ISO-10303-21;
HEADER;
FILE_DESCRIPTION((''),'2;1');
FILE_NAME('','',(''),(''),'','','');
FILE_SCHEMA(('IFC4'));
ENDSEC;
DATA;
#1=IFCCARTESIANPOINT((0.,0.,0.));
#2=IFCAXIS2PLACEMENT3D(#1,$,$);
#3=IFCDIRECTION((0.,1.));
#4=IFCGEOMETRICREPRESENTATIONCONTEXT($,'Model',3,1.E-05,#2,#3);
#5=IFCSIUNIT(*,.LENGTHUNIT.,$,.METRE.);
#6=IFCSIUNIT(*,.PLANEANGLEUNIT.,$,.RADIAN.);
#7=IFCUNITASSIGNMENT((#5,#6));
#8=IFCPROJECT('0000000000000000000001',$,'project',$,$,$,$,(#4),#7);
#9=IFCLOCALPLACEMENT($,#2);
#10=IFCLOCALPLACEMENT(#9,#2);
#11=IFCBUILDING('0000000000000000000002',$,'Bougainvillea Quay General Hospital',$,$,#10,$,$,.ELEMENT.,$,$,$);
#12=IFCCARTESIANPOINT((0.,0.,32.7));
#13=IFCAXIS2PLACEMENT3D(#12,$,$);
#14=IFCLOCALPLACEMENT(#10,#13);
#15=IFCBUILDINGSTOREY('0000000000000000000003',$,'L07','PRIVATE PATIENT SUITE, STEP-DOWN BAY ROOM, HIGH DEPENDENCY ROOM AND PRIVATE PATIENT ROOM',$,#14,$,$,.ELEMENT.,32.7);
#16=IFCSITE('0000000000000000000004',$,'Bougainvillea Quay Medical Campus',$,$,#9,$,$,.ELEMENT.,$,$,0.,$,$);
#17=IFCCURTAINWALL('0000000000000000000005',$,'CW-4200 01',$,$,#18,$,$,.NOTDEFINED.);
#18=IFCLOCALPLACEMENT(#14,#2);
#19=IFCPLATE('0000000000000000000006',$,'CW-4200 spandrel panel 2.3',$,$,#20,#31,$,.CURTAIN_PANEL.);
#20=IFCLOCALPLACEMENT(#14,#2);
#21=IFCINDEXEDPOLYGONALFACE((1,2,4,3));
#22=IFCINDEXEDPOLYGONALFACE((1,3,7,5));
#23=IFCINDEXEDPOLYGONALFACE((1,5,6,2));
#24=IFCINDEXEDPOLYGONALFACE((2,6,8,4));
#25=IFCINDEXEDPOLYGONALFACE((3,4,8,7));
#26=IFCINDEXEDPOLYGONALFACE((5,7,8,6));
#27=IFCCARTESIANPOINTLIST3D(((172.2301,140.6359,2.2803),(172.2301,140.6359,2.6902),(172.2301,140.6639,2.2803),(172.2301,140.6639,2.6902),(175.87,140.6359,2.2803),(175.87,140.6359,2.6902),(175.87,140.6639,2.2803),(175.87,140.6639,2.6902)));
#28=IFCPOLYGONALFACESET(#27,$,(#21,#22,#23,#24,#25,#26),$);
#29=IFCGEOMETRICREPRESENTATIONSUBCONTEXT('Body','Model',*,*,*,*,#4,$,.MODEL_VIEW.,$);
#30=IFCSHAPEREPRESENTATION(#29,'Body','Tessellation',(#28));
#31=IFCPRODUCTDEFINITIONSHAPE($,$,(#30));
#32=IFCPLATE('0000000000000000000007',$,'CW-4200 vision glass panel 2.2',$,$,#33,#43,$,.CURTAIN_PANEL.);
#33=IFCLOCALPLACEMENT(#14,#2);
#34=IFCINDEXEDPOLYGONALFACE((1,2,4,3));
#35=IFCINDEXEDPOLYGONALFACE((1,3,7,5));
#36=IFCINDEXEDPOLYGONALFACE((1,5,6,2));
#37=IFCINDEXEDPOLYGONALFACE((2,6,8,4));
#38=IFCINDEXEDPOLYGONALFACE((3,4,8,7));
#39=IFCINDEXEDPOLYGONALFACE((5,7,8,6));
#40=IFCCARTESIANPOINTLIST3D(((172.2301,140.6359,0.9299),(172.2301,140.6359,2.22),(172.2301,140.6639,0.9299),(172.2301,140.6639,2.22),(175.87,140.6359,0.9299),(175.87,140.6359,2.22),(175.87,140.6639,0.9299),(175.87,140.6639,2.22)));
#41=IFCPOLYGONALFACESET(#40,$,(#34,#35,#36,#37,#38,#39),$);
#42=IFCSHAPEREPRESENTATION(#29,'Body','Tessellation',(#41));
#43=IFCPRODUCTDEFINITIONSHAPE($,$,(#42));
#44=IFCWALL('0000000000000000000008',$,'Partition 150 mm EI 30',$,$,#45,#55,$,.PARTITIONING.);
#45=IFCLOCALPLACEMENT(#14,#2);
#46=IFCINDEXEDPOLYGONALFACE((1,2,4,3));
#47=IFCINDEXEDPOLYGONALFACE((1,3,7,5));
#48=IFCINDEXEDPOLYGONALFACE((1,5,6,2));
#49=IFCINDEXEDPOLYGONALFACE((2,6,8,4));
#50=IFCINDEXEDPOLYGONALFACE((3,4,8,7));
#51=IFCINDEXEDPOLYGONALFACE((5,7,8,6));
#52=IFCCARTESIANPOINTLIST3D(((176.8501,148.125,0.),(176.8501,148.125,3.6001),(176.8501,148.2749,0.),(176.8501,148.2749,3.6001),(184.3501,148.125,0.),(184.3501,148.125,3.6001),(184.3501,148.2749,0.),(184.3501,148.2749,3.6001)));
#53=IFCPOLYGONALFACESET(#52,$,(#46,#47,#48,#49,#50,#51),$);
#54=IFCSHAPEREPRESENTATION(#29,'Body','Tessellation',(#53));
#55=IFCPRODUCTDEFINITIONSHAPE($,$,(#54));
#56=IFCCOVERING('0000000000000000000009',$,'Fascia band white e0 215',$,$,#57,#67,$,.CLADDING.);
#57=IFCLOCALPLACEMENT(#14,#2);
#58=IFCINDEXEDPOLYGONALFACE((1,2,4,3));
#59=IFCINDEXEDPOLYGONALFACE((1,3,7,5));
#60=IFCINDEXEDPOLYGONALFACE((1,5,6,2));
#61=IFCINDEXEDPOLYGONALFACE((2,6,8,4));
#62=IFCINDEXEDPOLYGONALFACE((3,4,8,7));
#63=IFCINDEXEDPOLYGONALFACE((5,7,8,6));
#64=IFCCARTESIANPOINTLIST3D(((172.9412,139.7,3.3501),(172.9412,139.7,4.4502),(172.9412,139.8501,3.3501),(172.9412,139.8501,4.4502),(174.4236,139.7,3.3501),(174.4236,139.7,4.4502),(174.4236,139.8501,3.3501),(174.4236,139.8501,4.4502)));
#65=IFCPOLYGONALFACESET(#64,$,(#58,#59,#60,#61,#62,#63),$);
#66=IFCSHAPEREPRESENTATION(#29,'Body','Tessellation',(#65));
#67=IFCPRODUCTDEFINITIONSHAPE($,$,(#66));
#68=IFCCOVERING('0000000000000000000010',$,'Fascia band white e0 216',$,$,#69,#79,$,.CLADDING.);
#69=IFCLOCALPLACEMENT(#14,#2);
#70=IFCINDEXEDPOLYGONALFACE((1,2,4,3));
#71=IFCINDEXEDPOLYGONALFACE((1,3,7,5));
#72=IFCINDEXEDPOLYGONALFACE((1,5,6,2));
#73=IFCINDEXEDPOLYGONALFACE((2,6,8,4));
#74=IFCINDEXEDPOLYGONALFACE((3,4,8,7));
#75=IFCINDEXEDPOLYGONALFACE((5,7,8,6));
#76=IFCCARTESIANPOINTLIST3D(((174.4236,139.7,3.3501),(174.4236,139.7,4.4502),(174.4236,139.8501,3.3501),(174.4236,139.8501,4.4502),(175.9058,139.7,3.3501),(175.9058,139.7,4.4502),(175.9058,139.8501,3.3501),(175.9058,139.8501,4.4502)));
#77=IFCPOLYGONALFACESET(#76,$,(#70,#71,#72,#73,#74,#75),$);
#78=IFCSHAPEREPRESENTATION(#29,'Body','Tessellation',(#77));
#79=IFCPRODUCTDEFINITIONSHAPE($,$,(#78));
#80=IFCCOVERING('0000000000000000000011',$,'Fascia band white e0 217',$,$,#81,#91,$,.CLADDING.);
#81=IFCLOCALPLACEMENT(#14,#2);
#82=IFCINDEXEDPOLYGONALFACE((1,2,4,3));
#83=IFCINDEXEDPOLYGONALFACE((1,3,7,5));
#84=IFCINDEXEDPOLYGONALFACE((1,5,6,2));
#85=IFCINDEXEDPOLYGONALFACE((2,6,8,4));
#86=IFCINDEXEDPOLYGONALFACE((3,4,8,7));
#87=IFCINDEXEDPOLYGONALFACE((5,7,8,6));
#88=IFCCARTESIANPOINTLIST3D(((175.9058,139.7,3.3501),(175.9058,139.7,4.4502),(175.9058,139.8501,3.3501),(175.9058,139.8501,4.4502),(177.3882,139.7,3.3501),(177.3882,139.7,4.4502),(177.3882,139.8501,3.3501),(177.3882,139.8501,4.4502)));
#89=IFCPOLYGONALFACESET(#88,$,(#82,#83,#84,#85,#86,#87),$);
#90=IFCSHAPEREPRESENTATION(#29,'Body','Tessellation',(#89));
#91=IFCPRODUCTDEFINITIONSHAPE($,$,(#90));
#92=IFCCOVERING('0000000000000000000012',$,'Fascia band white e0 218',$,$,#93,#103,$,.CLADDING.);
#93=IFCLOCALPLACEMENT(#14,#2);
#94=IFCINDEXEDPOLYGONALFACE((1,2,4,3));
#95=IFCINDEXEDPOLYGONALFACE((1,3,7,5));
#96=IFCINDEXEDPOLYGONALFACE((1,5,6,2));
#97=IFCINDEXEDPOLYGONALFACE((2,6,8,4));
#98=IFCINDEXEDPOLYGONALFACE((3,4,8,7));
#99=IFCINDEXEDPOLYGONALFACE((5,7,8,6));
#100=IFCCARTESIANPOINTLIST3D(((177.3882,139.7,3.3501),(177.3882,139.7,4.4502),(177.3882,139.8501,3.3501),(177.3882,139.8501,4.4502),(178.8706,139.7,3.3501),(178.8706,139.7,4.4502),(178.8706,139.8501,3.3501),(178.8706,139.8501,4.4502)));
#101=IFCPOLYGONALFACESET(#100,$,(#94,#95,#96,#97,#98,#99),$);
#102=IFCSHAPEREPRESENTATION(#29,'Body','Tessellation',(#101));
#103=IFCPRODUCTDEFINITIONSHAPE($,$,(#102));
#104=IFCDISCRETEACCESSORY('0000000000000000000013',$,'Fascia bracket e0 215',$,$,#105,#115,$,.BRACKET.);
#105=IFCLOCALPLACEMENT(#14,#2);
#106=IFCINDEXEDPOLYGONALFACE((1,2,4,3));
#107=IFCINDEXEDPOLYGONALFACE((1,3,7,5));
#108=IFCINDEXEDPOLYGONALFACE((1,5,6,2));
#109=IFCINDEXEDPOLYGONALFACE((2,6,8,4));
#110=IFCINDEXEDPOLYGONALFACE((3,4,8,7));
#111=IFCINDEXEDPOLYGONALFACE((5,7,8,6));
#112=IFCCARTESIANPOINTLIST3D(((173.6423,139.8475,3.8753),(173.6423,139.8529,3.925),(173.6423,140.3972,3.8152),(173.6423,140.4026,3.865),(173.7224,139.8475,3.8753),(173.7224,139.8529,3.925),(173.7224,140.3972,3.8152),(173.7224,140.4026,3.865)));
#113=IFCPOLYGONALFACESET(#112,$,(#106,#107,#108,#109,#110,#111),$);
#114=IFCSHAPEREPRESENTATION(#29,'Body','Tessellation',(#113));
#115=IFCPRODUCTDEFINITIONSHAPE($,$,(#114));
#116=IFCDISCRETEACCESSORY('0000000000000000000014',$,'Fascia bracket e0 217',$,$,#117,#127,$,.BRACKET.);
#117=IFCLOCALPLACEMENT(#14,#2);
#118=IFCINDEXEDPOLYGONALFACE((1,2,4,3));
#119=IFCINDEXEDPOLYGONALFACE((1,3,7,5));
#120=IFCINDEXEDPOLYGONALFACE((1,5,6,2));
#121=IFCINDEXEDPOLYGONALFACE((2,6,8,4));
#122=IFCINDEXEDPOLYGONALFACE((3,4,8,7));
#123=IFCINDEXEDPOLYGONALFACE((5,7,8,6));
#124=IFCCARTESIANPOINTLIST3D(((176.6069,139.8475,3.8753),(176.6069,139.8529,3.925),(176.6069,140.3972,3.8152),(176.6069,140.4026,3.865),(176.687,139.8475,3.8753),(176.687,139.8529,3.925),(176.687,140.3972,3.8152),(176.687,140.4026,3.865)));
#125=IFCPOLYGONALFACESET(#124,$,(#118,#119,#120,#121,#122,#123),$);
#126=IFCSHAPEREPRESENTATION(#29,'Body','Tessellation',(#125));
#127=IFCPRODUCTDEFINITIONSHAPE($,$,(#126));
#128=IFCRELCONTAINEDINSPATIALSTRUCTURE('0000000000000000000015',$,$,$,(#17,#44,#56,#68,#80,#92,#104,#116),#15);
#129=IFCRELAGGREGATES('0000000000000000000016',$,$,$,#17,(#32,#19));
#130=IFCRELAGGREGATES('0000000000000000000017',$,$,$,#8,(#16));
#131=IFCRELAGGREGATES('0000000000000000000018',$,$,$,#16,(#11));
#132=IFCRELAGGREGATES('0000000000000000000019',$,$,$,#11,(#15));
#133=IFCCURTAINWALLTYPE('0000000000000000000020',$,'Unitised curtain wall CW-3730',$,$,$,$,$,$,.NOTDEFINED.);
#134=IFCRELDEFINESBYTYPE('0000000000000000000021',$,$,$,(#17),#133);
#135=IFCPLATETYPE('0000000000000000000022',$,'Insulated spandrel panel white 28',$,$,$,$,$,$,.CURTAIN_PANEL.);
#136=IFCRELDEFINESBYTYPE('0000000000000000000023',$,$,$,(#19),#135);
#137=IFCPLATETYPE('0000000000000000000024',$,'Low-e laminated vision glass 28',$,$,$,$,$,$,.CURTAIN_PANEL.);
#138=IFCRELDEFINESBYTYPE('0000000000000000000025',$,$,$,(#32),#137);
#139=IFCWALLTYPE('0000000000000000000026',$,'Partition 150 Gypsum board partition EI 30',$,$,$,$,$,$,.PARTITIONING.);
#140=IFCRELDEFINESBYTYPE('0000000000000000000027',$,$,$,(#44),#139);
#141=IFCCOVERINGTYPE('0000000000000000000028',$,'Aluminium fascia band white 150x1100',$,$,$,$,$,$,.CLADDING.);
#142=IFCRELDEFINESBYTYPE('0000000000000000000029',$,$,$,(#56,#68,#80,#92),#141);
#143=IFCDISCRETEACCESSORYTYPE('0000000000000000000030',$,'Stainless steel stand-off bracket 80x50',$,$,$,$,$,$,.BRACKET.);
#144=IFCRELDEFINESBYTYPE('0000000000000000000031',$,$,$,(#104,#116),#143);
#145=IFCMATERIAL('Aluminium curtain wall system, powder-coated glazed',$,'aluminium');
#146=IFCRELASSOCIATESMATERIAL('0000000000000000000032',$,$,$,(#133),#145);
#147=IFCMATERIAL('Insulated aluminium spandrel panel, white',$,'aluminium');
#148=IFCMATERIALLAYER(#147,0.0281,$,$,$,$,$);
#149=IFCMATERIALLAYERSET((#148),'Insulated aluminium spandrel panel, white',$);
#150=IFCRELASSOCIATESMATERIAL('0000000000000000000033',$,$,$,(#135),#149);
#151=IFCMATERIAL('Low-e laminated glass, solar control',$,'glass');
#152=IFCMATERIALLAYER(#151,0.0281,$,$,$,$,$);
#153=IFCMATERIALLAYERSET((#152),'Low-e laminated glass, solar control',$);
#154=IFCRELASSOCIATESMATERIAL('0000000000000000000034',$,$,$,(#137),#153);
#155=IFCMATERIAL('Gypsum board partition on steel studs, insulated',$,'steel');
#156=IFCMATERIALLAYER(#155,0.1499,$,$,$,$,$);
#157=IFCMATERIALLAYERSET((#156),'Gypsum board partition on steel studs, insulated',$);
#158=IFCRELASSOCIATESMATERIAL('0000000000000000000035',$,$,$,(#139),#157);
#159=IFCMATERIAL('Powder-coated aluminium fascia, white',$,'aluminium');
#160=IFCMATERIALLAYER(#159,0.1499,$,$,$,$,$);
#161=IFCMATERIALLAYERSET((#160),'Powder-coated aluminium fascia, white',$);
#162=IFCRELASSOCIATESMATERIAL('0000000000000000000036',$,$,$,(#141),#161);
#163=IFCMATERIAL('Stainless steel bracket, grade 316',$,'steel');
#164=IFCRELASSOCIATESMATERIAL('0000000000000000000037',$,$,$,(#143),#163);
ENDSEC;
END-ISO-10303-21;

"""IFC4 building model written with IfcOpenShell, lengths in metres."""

from ifc_helpers import new_model, si_unit, direction, frame, frame_2d, origin, origin_2d, place, context, subcontext, project, spatial, polyline, rectangle, outline, extrude, material, layer, layer_set, material_profile, profile_set, type_object, element, aggregate, save


model = new_model("IFC4")

# Units and contexts
model_context = context("Model", 3, precision=1e-05, world=origin(), true_north=direction((0.0, 1.0)))
body_context = subcontext(model_context, "Body", "Model", "MODEL_VIEW")
ifc_project = project(units=[si_unit("LENGTHUNIT", "METRE"), si_unit("PLANEANGLEUNIT", "RADIAN")], contexts=[model_context])

# Site, building, storey
site_placement = place(None, origin())
site = spatial("IfcSite", under=ifc_project, at=site_placement, Name="Bougainvillea Quay Medical Campus", CompositionType="ELEMENT", RefElevation=0.0)
building_placement = place(site_placement, origin())
building = spatial("IfcBuilding", under=site, at=building_placement, Name="Bougainvillea Quay General Hospital", CompositionType="ELEMENT")
storey_placement = place(building_placement, frame((0.0, 0.0, 32.7)))
storey = spatial("IfcBuildingStorey", under=building, at=storey_placement, Name="L07", Description="PRIVATE PATIENT SUITE, STEP-DOWN BAY ROOM, HIGH DEPENDENCY ROOM AND PRIVATE PATIENT ROOM", CompositionType="ELEMENT", Elevation=32.7)

# Curtain wall
ifc_material_1 = material(Name="Aluminium curtain wall system, powder-coated glazed", Category="aluminium")
curtain_wall_type = type_object("IfcCurtainWallType", Name="Unitised curtain wall CW-3730", PredefinedType="NOTDEFINED", material=ifc_material_1)
curtain_wall_1_placement = place(storey_placement, origin())
curtain_wall_1 = element("IfcCurtainWall", 1, at=curtain_wall_1_placement, inside=storey, type_object=curtain_wall_type, Name="CW-4200 01", PredefinedType="NOTDEFINED")

# Plates
ifc_material_2 = material(Name="Insulated aluminium spandrel panel, white", Category="aluminium")
ifc_layer_1 = layer(ifc_material_2, 0.0281)
ifc_layer_set_1 = layer_set([ifc_layer_1], Name="Insulated aluminium spandrel panel, white")
plate_type_1 = type_object("IfcPlateType", Name="Insulated spandrel panel white 28", PredefinedType="CURTAIN_PANEL", material=ifc_layer_set_1)
plate_1_placement = place(storey_placement, frame((174.05, 140.6499, 2.2803), z_axis=(0.0, 0.0, 1.0), x_axis=(1.0, 0.0, 0.0)))
plate_1 = element("IfcPlate", 2, at=plate_1_placement, type_object=plate_type_1, Name="CW-4200 spandrel panel 2.3", PredefinedType="CURTAIN_PANEL", context=body_context, shape_type="SweptSolid", body=[
    extrude(rectangle(XDim=3.6399, YDim=0.0281, at=origin_2d()), origin(), (0.0, 0.0, 1.0), 0.4099),
])
ifc_material_3 = material(Name="Low-e laminated glass, solar control", Category="glass")
ifc_layer_2 = layer(ifc_material_3, 0.0281)
ifc_layer_set_2 = layer_set([ifc_layer_2], Name="Low-e laminated glass, solar control")
plate_type_2 = type_object("IfcPlateType", Name="Low-e laminated vision glass 28", PredefinedType="CURTAIN_PANEL", material=ifc_layer_set_2)
plate_2_placement = place(storey_placement, frame((174.05, 140.6499, 0.9299), z_axis=(0.0, 0.0, 1.0), x_axis=(1.0, 0.0, 0.0)))
plate_2 = element("IfcPlate", 3, at=plate_2_placement, type_object=plate_type_2, Name="CW-4200 vision glass panel 2.2", PredefinedType="CURTAIN_PANEL", context=body_context, shape_type="SweptSolid", body=[
    extrude(rectangle(XDim=3.6399, YDim=0.0281, at=origin_2d()), origin(), (0.0, 0.0, 1.0), 1.29),
])
aggregate(curtain_wall_1, [plate_2, plate_1])

# Wall
ifc_material_4 = material(Name="Gypsum board partition on steel studs, insulated", Category="steel")
ifc_layer_3 = layer(ifc_material_4, 0.1499)
ifc_layer_set_3 = layer_set([ifc_layer_3], Name="Gypsum board partition on steel studs, insulated")
wall_type = type_object("IfcWallType", Name="Partition 150 Gypsum board partition EI 30", PredefinedType="PARTITIONING", material=ifc_layer_set_3)
wall_placement = place(storey_placement, frame((176.8501, 148.2, 0.0), z_axis=(0.0, 0.0, 1.0), x_axis=(1.0, 0.0, 0.0)))
element("IfcWall", 4, at=wall_placement, inside=storey, type_object=wall_type, Name="Partition 150 mm EI 30", PredefinedType="PARTITIONING", context=body_context, shape_type="SweptSolid", body=[
    extrude(rectangle(XDim=7.5, YDim=0.1499, at=frame_2d((3.75, 0.0))), origin(), (0.0, 0.0, 1.0), 3.6001),
])

# Coverings
ifc_material_5 = material(Name="Powder-coated aluminium fascia, white", Category="aluminium")
ifc_layer_4 = layer(ifc_material_5, 0.1499)
ifc_layer_set_4 = layer_set([ifc_layer_4], Name="Powder-coated aluminium fascia, white")
covering_type = type_object("IfcCoveringType", Name="Aluminium fascia band white 150x1100", PredefinedType="CLADDING", material=ifc_layer_set_4)
covering_1_placement = place(storey_placement, frame((172.9412, 139.8501, 3.3501), z_axis=(0.0, 0.0, 1.0), x_axis=(1.0, 0.0, 0.0)))
element("IfcCovering", 5, at=covering_1_placement, inside=storey, type_object=covering_type, Name="Fascia band white e0 215", PredefinedType="CLADDING", context=body_context, shape_type="SweptSolid", body=[
    extrude(outline(polyline([(0.0, 0.0), (1.4824, 0.0), (1.4824, -0.1501), (0.0, -0.1501), (0.0, 0.0)])), origin(), (0.0, 0.0, 1.0), 1.1001),
])
covering_2_placement = place(storey_placement, frame((174.4236, 139.8501, 3.3501), z_axis=(0.0, 0.0, 1.0), x_axis=(1.0, 0.0, 0.0)))
element("IfcCovering", 6, at=covering_2_placement, inside=storey, type_object=covering_type, Name="Fascia band white e0 216", PredefinedType="CLADDING", context=body_context, shape_type="SweptSolid", body=[
    extrude(outline(polyline([(0.0, 0.0), (1.4822, 0.0), (1.4822, -0.1501), (0.0, -0.1501), (0.0, 0.0)])), origin(), (0.0, 0.0, 1.0), 1.1001),
])
for number, where, z_axis, x_axis, name in (
    (7, (175.9058, 139.8501, 3.3501), (0.0, 0.0, 1.0), (1.0, 0.0, 0.0), "Fascia band white e0 217"),
    (8, (177.3882, 139.8501, 3.3501), (0.0, 0.0, 1.0), (1.0, 0.0, 0.0), "Fascia band white e0 218"),
):
    element("IfcCovering", number, at=place(storey_placement, frame(where, z_axis=z_axis, x_axis=x_axis)), inside=storey, type_object=covering_type, Name=name, PredefinedType="CLADDING", context=body_context, shape_type="SweptSolid", body=[
        extrude(outline(polyline([(0.0, 0.0), (1.4824, 0.0), (1.4824, -0.1501), (0.0, -0.1501), (0.0, 0.0)])), origin(), (0.0, 0.0, 1.0), 1.1001),
    ])

# Discrete accessories
ifc_material_6 = material(Name="Stainless steel bracket, grade 316", Category="steel")
ifc_material_profile_1 = material_profile(ifc_material_6, rectangle(XDim=0.0801, YDim=0.05, at=origin_2d()))
ifc_profile_set_1 = profile_set([ifc_material_profile_1], Name="Stainless steel bracket, grade 316")
discrete_accessory_type = type_object("IfcDiscreteAccessoryType", Name="Stainless steel stand-off bracket 80x50", PredefinedType="BRACKET", material=ifc_profile_set_1)
for number, where, z_axis, x_axis, name in (
    (9, (173.6824, 140.3999, 3.8401), (0.0, -0.994087, 0.10859), (1.0, 0.0, 0.0), "Fascia bracket e0 215"),
    (10, (176.647, 140.3999, 3.8401), (0.0, -0.994087, 0.10859), (1.0, 0.0, 0.0), "Fascia bracket e0 217"),
):
    element("IfcDiscreteAccessory", number, at=place(storey_placement, frame(where, z_axis=z_axis, x_axis=x_axis)), inside=storey, type_object=discrete_accessory_type, Name=name, PredefinedType="BRACKET", context=body_context, shape_type="SweptSolid", body=[
        extrude(rectangle(XDim=0.0801, YDim=0.05, at=origin_2d()), origin(), (0.0, 0.0, 1.0), 0.553),
    ])

save(model, "model.ifc")
